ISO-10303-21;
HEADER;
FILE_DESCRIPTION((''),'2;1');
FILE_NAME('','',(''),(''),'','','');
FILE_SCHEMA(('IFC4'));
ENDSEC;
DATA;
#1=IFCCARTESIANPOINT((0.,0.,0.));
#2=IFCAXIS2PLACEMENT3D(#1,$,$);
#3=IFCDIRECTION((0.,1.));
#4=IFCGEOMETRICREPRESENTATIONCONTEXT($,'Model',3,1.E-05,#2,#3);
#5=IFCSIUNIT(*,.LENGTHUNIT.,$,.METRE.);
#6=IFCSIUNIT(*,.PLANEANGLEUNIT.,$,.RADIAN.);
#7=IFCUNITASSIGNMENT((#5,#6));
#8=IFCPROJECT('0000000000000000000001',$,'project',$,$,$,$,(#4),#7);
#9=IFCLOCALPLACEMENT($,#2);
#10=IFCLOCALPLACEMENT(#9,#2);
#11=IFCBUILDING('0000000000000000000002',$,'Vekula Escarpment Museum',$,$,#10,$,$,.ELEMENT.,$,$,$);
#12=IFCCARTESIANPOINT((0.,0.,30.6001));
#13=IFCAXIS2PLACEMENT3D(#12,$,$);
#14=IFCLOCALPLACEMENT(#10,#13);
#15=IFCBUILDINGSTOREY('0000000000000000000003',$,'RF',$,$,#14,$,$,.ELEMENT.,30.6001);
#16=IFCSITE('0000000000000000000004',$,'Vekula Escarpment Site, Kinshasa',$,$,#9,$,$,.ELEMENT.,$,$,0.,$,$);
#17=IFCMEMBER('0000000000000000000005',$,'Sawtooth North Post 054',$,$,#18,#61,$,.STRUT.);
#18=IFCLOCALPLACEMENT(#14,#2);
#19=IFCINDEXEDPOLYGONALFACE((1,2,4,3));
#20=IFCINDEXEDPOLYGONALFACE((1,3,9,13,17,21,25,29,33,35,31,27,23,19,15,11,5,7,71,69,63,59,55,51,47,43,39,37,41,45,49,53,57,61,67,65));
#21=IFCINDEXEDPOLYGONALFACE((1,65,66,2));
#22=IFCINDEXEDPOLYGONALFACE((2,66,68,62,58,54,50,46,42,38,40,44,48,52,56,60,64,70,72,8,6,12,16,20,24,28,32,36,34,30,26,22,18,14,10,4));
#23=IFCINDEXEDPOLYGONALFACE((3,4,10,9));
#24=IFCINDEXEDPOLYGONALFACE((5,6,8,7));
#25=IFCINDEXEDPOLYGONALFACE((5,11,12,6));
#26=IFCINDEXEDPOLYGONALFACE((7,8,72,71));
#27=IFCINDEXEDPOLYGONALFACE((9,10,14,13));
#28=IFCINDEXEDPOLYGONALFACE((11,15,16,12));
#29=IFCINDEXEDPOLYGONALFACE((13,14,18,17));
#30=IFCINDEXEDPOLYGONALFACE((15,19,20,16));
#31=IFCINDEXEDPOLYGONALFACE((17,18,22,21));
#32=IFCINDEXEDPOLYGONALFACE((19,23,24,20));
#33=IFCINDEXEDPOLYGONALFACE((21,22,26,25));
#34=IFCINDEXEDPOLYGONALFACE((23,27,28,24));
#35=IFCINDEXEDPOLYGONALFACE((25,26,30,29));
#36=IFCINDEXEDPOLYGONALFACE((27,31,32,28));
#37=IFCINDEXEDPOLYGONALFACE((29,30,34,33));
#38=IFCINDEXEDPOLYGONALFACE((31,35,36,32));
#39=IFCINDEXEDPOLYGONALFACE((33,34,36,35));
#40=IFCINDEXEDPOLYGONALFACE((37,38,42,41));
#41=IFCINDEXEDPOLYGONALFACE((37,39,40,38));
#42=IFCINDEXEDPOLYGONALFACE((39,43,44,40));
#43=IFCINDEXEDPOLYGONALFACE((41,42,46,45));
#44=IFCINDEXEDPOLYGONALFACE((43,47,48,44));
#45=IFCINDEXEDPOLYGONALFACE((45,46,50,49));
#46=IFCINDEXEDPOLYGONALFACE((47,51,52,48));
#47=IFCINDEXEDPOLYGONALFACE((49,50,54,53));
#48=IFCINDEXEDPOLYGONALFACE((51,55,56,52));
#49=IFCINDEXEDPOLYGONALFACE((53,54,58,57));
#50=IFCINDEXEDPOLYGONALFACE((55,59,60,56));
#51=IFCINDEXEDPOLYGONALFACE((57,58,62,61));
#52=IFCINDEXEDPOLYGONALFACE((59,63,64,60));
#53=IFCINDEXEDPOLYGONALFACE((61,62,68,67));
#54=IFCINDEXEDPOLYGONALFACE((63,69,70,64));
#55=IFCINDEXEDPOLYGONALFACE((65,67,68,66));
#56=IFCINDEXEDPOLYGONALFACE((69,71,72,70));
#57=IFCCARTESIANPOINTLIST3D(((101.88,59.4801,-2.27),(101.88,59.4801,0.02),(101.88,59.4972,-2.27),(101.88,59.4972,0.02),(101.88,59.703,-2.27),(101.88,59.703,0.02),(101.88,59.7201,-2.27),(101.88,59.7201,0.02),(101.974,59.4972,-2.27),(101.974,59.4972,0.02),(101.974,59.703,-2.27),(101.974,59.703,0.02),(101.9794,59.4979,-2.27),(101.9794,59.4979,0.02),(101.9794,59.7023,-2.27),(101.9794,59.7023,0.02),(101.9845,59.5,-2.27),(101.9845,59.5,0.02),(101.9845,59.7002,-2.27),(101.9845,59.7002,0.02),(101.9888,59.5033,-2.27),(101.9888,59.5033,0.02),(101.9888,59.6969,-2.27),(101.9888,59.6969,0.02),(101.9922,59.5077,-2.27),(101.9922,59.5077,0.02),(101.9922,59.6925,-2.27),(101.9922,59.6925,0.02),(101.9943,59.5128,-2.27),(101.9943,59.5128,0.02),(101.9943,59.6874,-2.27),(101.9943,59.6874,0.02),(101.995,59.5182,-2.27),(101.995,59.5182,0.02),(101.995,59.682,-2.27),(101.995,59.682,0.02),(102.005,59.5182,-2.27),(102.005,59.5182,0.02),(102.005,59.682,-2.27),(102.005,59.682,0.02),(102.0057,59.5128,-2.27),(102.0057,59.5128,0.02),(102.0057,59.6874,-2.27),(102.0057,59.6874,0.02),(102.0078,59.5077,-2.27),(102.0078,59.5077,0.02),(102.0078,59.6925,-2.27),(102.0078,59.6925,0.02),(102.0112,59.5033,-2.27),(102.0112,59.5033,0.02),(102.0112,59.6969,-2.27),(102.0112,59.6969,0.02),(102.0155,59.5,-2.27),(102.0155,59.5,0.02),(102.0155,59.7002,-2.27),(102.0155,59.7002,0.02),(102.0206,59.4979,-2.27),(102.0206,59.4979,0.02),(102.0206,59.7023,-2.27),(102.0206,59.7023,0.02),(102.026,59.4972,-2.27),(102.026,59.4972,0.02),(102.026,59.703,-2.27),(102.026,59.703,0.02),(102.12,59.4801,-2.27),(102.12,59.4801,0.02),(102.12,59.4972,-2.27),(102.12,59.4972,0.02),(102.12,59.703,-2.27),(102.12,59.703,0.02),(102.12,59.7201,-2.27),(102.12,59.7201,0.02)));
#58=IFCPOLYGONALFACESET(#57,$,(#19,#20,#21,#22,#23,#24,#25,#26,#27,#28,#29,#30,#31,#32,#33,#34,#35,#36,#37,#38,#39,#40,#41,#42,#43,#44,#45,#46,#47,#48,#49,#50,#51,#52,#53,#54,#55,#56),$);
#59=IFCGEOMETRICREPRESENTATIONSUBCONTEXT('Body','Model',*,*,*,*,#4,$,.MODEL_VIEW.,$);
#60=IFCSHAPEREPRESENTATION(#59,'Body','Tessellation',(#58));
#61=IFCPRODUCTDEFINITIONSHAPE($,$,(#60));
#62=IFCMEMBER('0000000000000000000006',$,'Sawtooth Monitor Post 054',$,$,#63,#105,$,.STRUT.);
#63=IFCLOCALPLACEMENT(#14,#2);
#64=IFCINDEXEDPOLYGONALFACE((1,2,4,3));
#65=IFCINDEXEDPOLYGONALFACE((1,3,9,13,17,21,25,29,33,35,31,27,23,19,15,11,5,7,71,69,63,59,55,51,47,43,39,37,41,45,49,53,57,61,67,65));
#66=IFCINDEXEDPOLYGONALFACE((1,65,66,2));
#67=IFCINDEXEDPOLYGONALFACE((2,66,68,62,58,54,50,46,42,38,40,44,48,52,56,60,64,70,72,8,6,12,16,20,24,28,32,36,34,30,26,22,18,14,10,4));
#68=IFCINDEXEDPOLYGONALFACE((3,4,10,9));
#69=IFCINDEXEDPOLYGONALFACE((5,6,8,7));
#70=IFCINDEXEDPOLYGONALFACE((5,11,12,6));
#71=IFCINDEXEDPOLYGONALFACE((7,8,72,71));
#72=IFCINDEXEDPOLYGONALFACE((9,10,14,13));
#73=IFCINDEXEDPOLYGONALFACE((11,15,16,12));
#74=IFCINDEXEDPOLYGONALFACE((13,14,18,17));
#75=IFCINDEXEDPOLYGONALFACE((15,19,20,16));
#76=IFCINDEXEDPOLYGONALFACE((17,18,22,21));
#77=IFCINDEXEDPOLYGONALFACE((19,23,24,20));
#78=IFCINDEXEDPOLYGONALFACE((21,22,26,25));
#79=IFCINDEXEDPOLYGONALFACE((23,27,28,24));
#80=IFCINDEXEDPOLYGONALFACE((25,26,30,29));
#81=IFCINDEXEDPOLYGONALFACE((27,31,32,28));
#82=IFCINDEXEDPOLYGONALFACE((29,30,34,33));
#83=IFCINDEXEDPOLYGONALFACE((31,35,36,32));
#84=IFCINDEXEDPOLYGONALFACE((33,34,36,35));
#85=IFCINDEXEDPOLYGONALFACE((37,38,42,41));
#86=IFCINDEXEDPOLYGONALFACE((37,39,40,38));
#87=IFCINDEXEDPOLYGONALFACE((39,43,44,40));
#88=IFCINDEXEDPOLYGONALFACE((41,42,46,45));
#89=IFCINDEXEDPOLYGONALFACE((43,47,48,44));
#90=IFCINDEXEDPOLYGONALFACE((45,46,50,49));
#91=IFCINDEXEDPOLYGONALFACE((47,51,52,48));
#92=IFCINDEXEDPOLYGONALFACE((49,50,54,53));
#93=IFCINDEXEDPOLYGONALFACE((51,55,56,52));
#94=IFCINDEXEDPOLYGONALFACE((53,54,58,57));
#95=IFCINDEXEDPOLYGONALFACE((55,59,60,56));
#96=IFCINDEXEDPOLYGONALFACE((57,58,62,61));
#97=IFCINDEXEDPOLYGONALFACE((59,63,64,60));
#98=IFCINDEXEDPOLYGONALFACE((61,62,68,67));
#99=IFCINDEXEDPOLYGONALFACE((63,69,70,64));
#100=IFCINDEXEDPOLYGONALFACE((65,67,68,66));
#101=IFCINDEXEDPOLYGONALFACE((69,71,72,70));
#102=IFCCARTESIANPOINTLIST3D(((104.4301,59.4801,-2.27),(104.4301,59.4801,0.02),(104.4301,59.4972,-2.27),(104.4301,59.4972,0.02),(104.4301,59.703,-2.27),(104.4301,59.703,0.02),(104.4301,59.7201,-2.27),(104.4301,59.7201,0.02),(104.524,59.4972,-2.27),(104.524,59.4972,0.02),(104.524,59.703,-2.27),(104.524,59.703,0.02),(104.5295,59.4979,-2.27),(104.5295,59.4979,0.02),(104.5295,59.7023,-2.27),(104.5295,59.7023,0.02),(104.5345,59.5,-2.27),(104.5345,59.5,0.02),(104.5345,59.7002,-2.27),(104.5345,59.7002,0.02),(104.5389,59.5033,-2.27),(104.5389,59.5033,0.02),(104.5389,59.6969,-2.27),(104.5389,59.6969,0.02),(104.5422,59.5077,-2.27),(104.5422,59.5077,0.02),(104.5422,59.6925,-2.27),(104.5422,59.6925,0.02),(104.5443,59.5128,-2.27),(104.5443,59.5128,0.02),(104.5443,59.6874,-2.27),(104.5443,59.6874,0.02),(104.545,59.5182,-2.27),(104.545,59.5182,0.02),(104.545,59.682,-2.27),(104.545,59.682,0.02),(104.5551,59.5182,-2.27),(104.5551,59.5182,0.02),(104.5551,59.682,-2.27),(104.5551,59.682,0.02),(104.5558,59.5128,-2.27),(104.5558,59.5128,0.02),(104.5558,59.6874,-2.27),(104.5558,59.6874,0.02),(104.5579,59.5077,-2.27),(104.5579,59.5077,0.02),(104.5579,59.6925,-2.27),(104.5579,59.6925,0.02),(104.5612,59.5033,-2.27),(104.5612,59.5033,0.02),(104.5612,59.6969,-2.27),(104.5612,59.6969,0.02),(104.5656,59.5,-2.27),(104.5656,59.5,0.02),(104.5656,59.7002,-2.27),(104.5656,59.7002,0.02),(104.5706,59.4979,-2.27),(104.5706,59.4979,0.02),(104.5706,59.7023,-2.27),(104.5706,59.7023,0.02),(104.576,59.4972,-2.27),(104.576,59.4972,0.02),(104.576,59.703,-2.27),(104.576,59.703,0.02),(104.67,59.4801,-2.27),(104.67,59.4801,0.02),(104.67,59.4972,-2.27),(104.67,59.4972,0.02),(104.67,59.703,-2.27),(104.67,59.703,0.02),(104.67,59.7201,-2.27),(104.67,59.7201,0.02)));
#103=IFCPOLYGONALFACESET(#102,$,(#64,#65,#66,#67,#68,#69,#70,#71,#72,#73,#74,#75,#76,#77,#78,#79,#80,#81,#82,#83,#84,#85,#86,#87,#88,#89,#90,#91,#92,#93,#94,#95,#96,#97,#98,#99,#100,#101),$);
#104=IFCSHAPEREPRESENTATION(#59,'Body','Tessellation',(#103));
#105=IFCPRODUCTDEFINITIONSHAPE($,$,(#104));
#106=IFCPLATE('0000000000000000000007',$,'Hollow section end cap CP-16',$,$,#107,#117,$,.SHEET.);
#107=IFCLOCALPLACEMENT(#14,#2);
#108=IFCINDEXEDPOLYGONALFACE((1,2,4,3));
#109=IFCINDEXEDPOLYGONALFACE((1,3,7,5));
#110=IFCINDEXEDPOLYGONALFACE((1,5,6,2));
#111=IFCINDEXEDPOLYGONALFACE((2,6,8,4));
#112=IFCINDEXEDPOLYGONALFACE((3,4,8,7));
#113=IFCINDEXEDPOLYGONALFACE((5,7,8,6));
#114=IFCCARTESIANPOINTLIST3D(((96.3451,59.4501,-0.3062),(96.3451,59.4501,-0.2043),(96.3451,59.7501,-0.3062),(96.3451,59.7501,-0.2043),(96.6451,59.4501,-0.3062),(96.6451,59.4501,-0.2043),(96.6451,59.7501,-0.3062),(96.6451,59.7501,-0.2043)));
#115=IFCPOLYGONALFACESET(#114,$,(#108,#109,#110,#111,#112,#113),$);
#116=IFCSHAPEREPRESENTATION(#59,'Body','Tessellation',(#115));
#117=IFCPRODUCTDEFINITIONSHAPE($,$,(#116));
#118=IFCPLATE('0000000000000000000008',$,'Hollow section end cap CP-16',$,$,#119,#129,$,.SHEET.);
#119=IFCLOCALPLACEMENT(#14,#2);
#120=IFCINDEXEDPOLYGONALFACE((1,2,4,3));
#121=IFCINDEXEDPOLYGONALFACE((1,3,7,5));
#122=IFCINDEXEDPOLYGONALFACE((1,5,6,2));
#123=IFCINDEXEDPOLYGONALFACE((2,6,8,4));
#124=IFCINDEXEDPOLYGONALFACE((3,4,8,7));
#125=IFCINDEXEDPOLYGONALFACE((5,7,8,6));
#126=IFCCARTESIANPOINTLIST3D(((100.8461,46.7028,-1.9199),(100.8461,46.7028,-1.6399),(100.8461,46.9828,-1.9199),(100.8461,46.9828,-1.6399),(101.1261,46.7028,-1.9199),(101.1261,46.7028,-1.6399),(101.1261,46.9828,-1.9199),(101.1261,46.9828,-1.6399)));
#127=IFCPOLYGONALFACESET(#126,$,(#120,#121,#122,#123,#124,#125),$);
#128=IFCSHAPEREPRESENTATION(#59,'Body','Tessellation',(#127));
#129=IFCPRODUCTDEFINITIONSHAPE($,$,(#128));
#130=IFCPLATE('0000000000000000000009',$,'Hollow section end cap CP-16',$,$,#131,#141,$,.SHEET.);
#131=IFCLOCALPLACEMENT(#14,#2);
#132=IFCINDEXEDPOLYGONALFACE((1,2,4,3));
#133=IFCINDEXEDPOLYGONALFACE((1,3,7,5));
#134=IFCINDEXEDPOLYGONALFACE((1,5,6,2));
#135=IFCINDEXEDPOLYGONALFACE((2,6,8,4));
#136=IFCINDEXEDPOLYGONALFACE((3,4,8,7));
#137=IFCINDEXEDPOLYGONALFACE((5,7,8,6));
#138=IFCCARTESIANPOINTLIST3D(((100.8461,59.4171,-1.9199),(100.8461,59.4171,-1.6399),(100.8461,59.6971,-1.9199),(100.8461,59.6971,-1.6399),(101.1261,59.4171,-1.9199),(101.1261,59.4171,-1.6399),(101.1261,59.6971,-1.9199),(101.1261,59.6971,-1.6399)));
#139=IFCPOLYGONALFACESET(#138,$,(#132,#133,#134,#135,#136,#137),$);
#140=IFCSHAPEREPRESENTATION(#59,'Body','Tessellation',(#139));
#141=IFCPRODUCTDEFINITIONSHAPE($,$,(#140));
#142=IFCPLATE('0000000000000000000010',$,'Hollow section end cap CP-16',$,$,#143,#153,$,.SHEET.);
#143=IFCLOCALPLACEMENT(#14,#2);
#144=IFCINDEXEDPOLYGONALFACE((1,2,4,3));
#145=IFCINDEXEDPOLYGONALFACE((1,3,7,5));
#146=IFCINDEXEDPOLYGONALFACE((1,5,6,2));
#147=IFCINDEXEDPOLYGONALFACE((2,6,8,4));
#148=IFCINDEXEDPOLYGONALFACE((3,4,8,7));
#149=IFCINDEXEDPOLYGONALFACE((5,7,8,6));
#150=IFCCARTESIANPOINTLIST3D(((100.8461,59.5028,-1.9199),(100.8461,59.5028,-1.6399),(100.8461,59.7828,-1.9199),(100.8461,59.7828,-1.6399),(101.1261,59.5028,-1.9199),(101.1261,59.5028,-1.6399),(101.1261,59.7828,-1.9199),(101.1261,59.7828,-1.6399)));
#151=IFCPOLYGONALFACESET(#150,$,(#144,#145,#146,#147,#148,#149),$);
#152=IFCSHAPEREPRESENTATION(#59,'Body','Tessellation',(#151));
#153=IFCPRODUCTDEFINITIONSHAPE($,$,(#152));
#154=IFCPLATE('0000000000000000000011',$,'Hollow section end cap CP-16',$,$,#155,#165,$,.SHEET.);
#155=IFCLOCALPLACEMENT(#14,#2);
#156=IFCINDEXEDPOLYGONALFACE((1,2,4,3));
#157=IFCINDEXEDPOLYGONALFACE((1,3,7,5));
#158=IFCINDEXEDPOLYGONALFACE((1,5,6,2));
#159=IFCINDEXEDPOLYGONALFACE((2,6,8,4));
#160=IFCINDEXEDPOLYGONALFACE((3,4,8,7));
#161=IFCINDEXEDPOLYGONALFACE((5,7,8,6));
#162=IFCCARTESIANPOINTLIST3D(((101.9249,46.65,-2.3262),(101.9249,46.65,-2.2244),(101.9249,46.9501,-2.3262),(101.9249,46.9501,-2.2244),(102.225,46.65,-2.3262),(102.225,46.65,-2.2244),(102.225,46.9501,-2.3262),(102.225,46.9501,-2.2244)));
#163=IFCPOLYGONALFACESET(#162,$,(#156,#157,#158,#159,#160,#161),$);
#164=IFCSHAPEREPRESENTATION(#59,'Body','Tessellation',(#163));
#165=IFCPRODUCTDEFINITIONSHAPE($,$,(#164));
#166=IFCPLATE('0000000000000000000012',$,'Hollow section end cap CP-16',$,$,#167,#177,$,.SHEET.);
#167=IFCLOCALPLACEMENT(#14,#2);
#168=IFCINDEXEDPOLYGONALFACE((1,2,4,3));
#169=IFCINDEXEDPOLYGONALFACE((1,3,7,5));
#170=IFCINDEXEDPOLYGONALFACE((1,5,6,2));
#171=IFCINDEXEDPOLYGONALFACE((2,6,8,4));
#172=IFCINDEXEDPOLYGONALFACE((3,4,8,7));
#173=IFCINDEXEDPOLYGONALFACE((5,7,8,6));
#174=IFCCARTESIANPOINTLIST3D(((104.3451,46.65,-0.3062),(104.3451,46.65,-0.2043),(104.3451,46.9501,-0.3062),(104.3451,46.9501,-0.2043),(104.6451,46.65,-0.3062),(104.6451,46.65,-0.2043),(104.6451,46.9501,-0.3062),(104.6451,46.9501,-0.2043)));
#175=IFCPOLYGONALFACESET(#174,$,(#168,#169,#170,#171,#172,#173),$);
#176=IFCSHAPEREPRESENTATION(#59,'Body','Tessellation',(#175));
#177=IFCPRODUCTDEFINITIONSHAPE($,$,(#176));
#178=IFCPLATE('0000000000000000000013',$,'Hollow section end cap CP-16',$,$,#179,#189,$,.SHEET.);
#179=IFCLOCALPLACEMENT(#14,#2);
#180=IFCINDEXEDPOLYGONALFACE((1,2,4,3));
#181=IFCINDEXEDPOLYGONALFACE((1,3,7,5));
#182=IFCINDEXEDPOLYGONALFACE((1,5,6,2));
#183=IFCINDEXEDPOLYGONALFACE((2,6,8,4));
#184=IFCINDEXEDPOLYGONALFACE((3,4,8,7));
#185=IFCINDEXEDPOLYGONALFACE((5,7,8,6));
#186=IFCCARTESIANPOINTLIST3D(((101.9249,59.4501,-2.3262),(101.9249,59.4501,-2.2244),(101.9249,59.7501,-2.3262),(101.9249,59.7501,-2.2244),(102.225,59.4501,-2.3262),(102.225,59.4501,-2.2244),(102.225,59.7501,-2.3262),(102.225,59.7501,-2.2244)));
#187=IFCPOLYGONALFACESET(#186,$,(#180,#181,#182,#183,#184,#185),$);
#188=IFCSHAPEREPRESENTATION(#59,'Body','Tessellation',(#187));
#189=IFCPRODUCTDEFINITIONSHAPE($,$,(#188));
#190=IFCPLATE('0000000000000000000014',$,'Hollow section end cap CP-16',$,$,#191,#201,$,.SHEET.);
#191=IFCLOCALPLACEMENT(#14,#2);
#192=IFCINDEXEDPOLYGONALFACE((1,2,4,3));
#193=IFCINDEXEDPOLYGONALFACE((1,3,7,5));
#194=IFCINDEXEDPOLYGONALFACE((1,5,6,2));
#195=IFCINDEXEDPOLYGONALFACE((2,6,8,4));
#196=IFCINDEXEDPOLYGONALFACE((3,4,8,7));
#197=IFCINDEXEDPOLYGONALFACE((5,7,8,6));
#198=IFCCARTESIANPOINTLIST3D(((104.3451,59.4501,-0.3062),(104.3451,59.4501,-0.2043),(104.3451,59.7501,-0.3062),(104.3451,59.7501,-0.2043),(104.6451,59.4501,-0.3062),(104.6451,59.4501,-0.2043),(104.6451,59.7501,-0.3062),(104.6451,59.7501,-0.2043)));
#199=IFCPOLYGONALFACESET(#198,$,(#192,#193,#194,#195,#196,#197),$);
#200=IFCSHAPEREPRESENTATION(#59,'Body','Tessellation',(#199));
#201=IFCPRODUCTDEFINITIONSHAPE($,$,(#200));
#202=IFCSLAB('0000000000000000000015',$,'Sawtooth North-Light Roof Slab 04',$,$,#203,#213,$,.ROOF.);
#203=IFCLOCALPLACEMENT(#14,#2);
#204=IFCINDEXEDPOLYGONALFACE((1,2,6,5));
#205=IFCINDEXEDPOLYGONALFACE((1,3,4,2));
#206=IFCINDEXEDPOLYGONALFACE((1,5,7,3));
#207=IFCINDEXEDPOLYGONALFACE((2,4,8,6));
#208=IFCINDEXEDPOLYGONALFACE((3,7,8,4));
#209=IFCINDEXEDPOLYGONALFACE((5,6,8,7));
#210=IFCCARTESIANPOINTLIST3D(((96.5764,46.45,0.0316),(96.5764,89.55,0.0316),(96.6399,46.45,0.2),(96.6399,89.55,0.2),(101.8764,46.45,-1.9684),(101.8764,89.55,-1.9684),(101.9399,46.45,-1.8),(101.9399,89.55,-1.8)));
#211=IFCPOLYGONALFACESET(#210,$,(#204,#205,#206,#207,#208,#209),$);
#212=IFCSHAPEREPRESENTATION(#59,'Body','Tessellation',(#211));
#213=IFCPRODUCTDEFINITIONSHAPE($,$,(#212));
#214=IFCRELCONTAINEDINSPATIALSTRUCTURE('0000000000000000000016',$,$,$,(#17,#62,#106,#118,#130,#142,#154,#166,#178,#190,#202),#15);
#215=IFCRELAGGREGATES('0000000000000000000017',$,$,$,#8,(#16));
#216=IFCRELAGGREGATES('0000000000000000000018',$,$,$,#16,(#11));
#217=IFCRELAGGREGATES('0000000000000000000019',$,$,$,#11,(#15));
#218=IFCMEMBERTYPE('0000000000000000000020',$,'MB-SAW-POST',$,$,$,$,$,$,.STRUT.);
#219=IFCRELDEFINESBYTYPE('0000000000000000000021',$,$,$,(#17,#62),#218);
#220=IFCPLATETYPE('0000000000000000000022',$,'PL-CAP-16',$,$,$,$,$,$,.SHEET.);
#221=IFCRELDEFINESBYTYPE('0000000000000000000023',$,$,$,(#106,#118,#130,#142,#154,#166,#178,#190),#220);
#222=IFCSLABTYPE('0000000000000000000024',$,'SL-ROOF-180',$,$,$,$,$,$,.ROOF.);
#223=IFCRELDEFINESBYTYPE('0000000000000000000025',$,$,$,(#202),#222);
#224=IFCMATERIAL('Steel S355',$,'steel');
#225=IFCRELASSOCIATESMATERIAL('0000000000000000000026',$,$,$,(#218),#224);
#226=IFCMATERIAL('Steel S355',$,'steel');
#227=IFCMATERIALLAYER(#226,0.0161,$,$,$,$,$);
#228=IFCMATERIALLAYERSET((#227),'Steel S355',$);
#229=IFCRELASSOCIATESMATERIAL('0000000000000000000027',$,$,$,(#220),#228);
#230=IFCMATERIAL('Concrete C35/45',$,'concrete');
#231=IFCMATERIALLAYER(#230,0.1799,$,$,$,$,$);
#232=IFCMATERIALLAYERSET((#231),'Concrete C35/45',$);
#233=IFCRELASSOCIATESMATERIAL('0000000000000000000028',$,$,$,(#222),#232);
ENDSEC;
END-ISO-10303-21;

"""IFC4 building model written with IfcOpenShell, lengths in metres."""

from ifc_helpers import new_model, si_unit, direction, frame, origin, origin_2d, place, context, subcontext, project, spatial, polyline, rectangle, i_section, outline, extrude, material, layer, layer_set, material_profile, profile_set, type_object, element, save


model = new_model("IFC4")

# Units and contexts
model_context = context("Model", 3, precision=1e-05, world=origin(), true_north=direction((0.0, 1.0)))
body_context = subcontext(model_context, "Body", "Model", "MODEL_VIEW")
ifc_project = project(units=[si_unit("LENGTHUNIT", "METRE"), si_unit("PLANEANGLEUNIT", "RADIAN")], contexts=[model_context])

# Site, building, storey
site_placement = place(None, origin())
site = spatial("IfcSite", under=ifc_project, at=site_placement, Name="Vekula Escarpment Site, Kinshasa", CompositionType="ELEMENT", RefElevation=0.0)
building_placement = place(site_placement, origin())
building = spatial("IfcBuilding", under=site, at=building_placement, Name="Vekula Escarpment Museum", CompositionType="ELEMENT")
storey_placement = place(building_placement, frame((0.0, 0.0, 30.6001)))
storey = spatial("IfcBuildingStorey", under=building, at=storey_placement, Name="RF", CompositionType="ELEMENT", Elevation=30.6001)

# Members
ifc_material_1 = material(Name="Steel S355", Category="steel")
ifc_material_profile_1 = material_profile(ifc_material_1, i_section(OverallWidth=0.24, OverallDepth=0.24, WebThickness=0.01, FlangeThickness=0.0171, FilletRadius=0.021, at=origin_2d()), Name="HEB 240")
ifc_profile_set_1 = profile_set([ifc_material_profile_1], Name="Steel S355")
member_type_1 = type_object("IfcMemberType", Name="MB-SAW-POST", PredefinedType="STRUT", material=ifc_profile_set_1)
for number, where, z_axis, x_axis, name in (
    (1, (102.0, 59.6001, -2.27), (0.0, 0.0, 1.0), (1.0, 0.0, 0.0), "Sawtooth North Post 054"),
    (2, (104.55, 59.6001, -2.27), (0.0, 0.0, 1.0), (1.0, 0.0, 0.0), "Sawtooth Monitor Post 054"),
):
    element("IfcMember", number, at=place(storey_placement, frame(where, z_axis=z_axis, x_axis=x_axis)), inside=storey, type_object=member_type_1, Name=name, PredefinedType="STRUT", context=body_context, shape_type="SweptSolid", body=[
        extrude(i_section(OverallWidth=0.24, OverallDepth=0.24, WebThickness=0.01, FlangeThickness=0.0171, FilletRadius=0.021, at=origin_2d()), origin(), (0.0, 0.0, 1.0), 2.29),
    ])

# Plates
ifc_material_2 = material(Name="Steel S355", Category="steel")
ifc_layer_1 = layer(ifc_material_2, 0.0161)
ifc_layer_set_1 = layer_set([ifc_layer_1], Name="Steel S355")
plate_type = type_object("IfcPlateType", Name="PL-CAP-16", PredefinedType="SHEET", material=ifc_layer_set_1)
plate_placement = place(storey_placement, frame((96.4951, 59.6001, -0.3062), z_axis=(0.0, 0.0, 1.0), x_axis=(1.0, 0.0, 0.0)))
element("IfcPlate", 3, at=plate_placement, inside=storey, type_object=plate_type, Name="Hollow section end cap CP-16", PredefinedType="SHEET", context=body_context, shape_type="SweptSolid", body=[
    extrude(rectangle(XDim=0.3, YDim=0.3, at=origin_2d()), origin(), (0.0, 0.0, 1.0), 0.1018),
])
for number, where, z_axis, x_axis, name in (
    (4, (100.9861, 46.8428, -1.9199), (0.0, 0.0, 1.0), (1.0, 0.0, 0.0), "Hollow section end cap CP-16"),
    (5, (100.9861, 59.5571, -1.9199), (0.0, 0.0, 1.0), (1.0, 0.0, 0.0), "Hollow section end cap CP-16"),
    (6, (100.9861, 59.6428, -1.9199), (0.0, 0.0, 1.0), (1.0, 0.0, 0.0), "Hollow section end cap CP-16"),
):
    element("IfcPlate", number, at=place(storey_placement, frame(where, z_axis=z_axis, x_axis=x_axis)), inside=storey, type_object=plate_type, Name=name, PredefinedType="SHEET", context=body_context, shape_type="SweptSolid", body=[
        extrude(rectangle(XDim=0.28, YDim=0.28, at=origin_2d()), origin(), (0.0, 0.0, 1.0), 0.28),
    ])
for number, where, z_axis, x_axis, name in (
    (7, (102.075, 46.8, -2.3262), (0.0, 0.0, 1.0), (1.0, 0.0, 0.0), "Hollow section end cap CP-16"),
    (8, (104.4951, 46.8, -0.3062), (0.0, 0.0, 1.0), (1.0, 0.0, 0.0), "Hollow section end cap CP-16"),
    (9, (102.075, 59.6001, -2.3262), (0.0, 0.0, 1.0), (1.0, 0.0, 0.0), "Hollow section end cap CP-16"),
    (10, (104.4951, 59.6001, -0.3062), (0.0, 0.0, 1.0), (1.0, 0.0, 0.0), "Hollow section end cap CP-16"),
):
    element("IfcPlate", number, at=place(storey_placement, frame(where, z_axis=z_axis, x_axis=x_axis)), inside=storey, type_object=plate_type, Name=name, PredefinedType="SHEET", context=body_context, shape_type="SweptSolid", body=[
        extrude(rectangle(XDim=0.3, YDim=0.3, at=origin_2d()), origin(), (0.0, 0.0, 1.0), 0.1018),
    ])

# Slab
ifc_material_3 = material(Name="Concrete C35/45", Category="concrete")
ifc_layer_2 = layer(ifc_material_3, 0.1799)
ifc_layer_set_2 = layer_set([ifc_layer_2], Name="Concrete C35/45")
slab_type = type_object("IfcSlabType", Name="SL-ROOF-180", PredefinedType="ROOF", material=ifc_layer_set_2)
for number, where, z_axis, x_axis, name in (
    (11, (96.6399, 46.45, 0.2), (0.353054, 0.0, 0.935603), (0.935603, 0.0, -0.353054), "Sawtooth North-Light Roof Slab 04"),
):
    element("IfcSlab", number, at=place(storey_placement, frame(where, z_axis=z_axis, x_axis=x_axis)), inside=storey, type_object=slab_type, Name=name, PredefinedType="ROOF", context=body_context, shape_type="SweptSolid", body=[
        extrude(outline(polyline([(0.0, 0.0), (5.6648, 0.0), (5.6648, 43.1001), (0.0, 43.1001), (0.0, 0.0)])), origin(), (0.0, 0.0, -1.0), 0.1799),
    ])

save(model, "model.ifc")
